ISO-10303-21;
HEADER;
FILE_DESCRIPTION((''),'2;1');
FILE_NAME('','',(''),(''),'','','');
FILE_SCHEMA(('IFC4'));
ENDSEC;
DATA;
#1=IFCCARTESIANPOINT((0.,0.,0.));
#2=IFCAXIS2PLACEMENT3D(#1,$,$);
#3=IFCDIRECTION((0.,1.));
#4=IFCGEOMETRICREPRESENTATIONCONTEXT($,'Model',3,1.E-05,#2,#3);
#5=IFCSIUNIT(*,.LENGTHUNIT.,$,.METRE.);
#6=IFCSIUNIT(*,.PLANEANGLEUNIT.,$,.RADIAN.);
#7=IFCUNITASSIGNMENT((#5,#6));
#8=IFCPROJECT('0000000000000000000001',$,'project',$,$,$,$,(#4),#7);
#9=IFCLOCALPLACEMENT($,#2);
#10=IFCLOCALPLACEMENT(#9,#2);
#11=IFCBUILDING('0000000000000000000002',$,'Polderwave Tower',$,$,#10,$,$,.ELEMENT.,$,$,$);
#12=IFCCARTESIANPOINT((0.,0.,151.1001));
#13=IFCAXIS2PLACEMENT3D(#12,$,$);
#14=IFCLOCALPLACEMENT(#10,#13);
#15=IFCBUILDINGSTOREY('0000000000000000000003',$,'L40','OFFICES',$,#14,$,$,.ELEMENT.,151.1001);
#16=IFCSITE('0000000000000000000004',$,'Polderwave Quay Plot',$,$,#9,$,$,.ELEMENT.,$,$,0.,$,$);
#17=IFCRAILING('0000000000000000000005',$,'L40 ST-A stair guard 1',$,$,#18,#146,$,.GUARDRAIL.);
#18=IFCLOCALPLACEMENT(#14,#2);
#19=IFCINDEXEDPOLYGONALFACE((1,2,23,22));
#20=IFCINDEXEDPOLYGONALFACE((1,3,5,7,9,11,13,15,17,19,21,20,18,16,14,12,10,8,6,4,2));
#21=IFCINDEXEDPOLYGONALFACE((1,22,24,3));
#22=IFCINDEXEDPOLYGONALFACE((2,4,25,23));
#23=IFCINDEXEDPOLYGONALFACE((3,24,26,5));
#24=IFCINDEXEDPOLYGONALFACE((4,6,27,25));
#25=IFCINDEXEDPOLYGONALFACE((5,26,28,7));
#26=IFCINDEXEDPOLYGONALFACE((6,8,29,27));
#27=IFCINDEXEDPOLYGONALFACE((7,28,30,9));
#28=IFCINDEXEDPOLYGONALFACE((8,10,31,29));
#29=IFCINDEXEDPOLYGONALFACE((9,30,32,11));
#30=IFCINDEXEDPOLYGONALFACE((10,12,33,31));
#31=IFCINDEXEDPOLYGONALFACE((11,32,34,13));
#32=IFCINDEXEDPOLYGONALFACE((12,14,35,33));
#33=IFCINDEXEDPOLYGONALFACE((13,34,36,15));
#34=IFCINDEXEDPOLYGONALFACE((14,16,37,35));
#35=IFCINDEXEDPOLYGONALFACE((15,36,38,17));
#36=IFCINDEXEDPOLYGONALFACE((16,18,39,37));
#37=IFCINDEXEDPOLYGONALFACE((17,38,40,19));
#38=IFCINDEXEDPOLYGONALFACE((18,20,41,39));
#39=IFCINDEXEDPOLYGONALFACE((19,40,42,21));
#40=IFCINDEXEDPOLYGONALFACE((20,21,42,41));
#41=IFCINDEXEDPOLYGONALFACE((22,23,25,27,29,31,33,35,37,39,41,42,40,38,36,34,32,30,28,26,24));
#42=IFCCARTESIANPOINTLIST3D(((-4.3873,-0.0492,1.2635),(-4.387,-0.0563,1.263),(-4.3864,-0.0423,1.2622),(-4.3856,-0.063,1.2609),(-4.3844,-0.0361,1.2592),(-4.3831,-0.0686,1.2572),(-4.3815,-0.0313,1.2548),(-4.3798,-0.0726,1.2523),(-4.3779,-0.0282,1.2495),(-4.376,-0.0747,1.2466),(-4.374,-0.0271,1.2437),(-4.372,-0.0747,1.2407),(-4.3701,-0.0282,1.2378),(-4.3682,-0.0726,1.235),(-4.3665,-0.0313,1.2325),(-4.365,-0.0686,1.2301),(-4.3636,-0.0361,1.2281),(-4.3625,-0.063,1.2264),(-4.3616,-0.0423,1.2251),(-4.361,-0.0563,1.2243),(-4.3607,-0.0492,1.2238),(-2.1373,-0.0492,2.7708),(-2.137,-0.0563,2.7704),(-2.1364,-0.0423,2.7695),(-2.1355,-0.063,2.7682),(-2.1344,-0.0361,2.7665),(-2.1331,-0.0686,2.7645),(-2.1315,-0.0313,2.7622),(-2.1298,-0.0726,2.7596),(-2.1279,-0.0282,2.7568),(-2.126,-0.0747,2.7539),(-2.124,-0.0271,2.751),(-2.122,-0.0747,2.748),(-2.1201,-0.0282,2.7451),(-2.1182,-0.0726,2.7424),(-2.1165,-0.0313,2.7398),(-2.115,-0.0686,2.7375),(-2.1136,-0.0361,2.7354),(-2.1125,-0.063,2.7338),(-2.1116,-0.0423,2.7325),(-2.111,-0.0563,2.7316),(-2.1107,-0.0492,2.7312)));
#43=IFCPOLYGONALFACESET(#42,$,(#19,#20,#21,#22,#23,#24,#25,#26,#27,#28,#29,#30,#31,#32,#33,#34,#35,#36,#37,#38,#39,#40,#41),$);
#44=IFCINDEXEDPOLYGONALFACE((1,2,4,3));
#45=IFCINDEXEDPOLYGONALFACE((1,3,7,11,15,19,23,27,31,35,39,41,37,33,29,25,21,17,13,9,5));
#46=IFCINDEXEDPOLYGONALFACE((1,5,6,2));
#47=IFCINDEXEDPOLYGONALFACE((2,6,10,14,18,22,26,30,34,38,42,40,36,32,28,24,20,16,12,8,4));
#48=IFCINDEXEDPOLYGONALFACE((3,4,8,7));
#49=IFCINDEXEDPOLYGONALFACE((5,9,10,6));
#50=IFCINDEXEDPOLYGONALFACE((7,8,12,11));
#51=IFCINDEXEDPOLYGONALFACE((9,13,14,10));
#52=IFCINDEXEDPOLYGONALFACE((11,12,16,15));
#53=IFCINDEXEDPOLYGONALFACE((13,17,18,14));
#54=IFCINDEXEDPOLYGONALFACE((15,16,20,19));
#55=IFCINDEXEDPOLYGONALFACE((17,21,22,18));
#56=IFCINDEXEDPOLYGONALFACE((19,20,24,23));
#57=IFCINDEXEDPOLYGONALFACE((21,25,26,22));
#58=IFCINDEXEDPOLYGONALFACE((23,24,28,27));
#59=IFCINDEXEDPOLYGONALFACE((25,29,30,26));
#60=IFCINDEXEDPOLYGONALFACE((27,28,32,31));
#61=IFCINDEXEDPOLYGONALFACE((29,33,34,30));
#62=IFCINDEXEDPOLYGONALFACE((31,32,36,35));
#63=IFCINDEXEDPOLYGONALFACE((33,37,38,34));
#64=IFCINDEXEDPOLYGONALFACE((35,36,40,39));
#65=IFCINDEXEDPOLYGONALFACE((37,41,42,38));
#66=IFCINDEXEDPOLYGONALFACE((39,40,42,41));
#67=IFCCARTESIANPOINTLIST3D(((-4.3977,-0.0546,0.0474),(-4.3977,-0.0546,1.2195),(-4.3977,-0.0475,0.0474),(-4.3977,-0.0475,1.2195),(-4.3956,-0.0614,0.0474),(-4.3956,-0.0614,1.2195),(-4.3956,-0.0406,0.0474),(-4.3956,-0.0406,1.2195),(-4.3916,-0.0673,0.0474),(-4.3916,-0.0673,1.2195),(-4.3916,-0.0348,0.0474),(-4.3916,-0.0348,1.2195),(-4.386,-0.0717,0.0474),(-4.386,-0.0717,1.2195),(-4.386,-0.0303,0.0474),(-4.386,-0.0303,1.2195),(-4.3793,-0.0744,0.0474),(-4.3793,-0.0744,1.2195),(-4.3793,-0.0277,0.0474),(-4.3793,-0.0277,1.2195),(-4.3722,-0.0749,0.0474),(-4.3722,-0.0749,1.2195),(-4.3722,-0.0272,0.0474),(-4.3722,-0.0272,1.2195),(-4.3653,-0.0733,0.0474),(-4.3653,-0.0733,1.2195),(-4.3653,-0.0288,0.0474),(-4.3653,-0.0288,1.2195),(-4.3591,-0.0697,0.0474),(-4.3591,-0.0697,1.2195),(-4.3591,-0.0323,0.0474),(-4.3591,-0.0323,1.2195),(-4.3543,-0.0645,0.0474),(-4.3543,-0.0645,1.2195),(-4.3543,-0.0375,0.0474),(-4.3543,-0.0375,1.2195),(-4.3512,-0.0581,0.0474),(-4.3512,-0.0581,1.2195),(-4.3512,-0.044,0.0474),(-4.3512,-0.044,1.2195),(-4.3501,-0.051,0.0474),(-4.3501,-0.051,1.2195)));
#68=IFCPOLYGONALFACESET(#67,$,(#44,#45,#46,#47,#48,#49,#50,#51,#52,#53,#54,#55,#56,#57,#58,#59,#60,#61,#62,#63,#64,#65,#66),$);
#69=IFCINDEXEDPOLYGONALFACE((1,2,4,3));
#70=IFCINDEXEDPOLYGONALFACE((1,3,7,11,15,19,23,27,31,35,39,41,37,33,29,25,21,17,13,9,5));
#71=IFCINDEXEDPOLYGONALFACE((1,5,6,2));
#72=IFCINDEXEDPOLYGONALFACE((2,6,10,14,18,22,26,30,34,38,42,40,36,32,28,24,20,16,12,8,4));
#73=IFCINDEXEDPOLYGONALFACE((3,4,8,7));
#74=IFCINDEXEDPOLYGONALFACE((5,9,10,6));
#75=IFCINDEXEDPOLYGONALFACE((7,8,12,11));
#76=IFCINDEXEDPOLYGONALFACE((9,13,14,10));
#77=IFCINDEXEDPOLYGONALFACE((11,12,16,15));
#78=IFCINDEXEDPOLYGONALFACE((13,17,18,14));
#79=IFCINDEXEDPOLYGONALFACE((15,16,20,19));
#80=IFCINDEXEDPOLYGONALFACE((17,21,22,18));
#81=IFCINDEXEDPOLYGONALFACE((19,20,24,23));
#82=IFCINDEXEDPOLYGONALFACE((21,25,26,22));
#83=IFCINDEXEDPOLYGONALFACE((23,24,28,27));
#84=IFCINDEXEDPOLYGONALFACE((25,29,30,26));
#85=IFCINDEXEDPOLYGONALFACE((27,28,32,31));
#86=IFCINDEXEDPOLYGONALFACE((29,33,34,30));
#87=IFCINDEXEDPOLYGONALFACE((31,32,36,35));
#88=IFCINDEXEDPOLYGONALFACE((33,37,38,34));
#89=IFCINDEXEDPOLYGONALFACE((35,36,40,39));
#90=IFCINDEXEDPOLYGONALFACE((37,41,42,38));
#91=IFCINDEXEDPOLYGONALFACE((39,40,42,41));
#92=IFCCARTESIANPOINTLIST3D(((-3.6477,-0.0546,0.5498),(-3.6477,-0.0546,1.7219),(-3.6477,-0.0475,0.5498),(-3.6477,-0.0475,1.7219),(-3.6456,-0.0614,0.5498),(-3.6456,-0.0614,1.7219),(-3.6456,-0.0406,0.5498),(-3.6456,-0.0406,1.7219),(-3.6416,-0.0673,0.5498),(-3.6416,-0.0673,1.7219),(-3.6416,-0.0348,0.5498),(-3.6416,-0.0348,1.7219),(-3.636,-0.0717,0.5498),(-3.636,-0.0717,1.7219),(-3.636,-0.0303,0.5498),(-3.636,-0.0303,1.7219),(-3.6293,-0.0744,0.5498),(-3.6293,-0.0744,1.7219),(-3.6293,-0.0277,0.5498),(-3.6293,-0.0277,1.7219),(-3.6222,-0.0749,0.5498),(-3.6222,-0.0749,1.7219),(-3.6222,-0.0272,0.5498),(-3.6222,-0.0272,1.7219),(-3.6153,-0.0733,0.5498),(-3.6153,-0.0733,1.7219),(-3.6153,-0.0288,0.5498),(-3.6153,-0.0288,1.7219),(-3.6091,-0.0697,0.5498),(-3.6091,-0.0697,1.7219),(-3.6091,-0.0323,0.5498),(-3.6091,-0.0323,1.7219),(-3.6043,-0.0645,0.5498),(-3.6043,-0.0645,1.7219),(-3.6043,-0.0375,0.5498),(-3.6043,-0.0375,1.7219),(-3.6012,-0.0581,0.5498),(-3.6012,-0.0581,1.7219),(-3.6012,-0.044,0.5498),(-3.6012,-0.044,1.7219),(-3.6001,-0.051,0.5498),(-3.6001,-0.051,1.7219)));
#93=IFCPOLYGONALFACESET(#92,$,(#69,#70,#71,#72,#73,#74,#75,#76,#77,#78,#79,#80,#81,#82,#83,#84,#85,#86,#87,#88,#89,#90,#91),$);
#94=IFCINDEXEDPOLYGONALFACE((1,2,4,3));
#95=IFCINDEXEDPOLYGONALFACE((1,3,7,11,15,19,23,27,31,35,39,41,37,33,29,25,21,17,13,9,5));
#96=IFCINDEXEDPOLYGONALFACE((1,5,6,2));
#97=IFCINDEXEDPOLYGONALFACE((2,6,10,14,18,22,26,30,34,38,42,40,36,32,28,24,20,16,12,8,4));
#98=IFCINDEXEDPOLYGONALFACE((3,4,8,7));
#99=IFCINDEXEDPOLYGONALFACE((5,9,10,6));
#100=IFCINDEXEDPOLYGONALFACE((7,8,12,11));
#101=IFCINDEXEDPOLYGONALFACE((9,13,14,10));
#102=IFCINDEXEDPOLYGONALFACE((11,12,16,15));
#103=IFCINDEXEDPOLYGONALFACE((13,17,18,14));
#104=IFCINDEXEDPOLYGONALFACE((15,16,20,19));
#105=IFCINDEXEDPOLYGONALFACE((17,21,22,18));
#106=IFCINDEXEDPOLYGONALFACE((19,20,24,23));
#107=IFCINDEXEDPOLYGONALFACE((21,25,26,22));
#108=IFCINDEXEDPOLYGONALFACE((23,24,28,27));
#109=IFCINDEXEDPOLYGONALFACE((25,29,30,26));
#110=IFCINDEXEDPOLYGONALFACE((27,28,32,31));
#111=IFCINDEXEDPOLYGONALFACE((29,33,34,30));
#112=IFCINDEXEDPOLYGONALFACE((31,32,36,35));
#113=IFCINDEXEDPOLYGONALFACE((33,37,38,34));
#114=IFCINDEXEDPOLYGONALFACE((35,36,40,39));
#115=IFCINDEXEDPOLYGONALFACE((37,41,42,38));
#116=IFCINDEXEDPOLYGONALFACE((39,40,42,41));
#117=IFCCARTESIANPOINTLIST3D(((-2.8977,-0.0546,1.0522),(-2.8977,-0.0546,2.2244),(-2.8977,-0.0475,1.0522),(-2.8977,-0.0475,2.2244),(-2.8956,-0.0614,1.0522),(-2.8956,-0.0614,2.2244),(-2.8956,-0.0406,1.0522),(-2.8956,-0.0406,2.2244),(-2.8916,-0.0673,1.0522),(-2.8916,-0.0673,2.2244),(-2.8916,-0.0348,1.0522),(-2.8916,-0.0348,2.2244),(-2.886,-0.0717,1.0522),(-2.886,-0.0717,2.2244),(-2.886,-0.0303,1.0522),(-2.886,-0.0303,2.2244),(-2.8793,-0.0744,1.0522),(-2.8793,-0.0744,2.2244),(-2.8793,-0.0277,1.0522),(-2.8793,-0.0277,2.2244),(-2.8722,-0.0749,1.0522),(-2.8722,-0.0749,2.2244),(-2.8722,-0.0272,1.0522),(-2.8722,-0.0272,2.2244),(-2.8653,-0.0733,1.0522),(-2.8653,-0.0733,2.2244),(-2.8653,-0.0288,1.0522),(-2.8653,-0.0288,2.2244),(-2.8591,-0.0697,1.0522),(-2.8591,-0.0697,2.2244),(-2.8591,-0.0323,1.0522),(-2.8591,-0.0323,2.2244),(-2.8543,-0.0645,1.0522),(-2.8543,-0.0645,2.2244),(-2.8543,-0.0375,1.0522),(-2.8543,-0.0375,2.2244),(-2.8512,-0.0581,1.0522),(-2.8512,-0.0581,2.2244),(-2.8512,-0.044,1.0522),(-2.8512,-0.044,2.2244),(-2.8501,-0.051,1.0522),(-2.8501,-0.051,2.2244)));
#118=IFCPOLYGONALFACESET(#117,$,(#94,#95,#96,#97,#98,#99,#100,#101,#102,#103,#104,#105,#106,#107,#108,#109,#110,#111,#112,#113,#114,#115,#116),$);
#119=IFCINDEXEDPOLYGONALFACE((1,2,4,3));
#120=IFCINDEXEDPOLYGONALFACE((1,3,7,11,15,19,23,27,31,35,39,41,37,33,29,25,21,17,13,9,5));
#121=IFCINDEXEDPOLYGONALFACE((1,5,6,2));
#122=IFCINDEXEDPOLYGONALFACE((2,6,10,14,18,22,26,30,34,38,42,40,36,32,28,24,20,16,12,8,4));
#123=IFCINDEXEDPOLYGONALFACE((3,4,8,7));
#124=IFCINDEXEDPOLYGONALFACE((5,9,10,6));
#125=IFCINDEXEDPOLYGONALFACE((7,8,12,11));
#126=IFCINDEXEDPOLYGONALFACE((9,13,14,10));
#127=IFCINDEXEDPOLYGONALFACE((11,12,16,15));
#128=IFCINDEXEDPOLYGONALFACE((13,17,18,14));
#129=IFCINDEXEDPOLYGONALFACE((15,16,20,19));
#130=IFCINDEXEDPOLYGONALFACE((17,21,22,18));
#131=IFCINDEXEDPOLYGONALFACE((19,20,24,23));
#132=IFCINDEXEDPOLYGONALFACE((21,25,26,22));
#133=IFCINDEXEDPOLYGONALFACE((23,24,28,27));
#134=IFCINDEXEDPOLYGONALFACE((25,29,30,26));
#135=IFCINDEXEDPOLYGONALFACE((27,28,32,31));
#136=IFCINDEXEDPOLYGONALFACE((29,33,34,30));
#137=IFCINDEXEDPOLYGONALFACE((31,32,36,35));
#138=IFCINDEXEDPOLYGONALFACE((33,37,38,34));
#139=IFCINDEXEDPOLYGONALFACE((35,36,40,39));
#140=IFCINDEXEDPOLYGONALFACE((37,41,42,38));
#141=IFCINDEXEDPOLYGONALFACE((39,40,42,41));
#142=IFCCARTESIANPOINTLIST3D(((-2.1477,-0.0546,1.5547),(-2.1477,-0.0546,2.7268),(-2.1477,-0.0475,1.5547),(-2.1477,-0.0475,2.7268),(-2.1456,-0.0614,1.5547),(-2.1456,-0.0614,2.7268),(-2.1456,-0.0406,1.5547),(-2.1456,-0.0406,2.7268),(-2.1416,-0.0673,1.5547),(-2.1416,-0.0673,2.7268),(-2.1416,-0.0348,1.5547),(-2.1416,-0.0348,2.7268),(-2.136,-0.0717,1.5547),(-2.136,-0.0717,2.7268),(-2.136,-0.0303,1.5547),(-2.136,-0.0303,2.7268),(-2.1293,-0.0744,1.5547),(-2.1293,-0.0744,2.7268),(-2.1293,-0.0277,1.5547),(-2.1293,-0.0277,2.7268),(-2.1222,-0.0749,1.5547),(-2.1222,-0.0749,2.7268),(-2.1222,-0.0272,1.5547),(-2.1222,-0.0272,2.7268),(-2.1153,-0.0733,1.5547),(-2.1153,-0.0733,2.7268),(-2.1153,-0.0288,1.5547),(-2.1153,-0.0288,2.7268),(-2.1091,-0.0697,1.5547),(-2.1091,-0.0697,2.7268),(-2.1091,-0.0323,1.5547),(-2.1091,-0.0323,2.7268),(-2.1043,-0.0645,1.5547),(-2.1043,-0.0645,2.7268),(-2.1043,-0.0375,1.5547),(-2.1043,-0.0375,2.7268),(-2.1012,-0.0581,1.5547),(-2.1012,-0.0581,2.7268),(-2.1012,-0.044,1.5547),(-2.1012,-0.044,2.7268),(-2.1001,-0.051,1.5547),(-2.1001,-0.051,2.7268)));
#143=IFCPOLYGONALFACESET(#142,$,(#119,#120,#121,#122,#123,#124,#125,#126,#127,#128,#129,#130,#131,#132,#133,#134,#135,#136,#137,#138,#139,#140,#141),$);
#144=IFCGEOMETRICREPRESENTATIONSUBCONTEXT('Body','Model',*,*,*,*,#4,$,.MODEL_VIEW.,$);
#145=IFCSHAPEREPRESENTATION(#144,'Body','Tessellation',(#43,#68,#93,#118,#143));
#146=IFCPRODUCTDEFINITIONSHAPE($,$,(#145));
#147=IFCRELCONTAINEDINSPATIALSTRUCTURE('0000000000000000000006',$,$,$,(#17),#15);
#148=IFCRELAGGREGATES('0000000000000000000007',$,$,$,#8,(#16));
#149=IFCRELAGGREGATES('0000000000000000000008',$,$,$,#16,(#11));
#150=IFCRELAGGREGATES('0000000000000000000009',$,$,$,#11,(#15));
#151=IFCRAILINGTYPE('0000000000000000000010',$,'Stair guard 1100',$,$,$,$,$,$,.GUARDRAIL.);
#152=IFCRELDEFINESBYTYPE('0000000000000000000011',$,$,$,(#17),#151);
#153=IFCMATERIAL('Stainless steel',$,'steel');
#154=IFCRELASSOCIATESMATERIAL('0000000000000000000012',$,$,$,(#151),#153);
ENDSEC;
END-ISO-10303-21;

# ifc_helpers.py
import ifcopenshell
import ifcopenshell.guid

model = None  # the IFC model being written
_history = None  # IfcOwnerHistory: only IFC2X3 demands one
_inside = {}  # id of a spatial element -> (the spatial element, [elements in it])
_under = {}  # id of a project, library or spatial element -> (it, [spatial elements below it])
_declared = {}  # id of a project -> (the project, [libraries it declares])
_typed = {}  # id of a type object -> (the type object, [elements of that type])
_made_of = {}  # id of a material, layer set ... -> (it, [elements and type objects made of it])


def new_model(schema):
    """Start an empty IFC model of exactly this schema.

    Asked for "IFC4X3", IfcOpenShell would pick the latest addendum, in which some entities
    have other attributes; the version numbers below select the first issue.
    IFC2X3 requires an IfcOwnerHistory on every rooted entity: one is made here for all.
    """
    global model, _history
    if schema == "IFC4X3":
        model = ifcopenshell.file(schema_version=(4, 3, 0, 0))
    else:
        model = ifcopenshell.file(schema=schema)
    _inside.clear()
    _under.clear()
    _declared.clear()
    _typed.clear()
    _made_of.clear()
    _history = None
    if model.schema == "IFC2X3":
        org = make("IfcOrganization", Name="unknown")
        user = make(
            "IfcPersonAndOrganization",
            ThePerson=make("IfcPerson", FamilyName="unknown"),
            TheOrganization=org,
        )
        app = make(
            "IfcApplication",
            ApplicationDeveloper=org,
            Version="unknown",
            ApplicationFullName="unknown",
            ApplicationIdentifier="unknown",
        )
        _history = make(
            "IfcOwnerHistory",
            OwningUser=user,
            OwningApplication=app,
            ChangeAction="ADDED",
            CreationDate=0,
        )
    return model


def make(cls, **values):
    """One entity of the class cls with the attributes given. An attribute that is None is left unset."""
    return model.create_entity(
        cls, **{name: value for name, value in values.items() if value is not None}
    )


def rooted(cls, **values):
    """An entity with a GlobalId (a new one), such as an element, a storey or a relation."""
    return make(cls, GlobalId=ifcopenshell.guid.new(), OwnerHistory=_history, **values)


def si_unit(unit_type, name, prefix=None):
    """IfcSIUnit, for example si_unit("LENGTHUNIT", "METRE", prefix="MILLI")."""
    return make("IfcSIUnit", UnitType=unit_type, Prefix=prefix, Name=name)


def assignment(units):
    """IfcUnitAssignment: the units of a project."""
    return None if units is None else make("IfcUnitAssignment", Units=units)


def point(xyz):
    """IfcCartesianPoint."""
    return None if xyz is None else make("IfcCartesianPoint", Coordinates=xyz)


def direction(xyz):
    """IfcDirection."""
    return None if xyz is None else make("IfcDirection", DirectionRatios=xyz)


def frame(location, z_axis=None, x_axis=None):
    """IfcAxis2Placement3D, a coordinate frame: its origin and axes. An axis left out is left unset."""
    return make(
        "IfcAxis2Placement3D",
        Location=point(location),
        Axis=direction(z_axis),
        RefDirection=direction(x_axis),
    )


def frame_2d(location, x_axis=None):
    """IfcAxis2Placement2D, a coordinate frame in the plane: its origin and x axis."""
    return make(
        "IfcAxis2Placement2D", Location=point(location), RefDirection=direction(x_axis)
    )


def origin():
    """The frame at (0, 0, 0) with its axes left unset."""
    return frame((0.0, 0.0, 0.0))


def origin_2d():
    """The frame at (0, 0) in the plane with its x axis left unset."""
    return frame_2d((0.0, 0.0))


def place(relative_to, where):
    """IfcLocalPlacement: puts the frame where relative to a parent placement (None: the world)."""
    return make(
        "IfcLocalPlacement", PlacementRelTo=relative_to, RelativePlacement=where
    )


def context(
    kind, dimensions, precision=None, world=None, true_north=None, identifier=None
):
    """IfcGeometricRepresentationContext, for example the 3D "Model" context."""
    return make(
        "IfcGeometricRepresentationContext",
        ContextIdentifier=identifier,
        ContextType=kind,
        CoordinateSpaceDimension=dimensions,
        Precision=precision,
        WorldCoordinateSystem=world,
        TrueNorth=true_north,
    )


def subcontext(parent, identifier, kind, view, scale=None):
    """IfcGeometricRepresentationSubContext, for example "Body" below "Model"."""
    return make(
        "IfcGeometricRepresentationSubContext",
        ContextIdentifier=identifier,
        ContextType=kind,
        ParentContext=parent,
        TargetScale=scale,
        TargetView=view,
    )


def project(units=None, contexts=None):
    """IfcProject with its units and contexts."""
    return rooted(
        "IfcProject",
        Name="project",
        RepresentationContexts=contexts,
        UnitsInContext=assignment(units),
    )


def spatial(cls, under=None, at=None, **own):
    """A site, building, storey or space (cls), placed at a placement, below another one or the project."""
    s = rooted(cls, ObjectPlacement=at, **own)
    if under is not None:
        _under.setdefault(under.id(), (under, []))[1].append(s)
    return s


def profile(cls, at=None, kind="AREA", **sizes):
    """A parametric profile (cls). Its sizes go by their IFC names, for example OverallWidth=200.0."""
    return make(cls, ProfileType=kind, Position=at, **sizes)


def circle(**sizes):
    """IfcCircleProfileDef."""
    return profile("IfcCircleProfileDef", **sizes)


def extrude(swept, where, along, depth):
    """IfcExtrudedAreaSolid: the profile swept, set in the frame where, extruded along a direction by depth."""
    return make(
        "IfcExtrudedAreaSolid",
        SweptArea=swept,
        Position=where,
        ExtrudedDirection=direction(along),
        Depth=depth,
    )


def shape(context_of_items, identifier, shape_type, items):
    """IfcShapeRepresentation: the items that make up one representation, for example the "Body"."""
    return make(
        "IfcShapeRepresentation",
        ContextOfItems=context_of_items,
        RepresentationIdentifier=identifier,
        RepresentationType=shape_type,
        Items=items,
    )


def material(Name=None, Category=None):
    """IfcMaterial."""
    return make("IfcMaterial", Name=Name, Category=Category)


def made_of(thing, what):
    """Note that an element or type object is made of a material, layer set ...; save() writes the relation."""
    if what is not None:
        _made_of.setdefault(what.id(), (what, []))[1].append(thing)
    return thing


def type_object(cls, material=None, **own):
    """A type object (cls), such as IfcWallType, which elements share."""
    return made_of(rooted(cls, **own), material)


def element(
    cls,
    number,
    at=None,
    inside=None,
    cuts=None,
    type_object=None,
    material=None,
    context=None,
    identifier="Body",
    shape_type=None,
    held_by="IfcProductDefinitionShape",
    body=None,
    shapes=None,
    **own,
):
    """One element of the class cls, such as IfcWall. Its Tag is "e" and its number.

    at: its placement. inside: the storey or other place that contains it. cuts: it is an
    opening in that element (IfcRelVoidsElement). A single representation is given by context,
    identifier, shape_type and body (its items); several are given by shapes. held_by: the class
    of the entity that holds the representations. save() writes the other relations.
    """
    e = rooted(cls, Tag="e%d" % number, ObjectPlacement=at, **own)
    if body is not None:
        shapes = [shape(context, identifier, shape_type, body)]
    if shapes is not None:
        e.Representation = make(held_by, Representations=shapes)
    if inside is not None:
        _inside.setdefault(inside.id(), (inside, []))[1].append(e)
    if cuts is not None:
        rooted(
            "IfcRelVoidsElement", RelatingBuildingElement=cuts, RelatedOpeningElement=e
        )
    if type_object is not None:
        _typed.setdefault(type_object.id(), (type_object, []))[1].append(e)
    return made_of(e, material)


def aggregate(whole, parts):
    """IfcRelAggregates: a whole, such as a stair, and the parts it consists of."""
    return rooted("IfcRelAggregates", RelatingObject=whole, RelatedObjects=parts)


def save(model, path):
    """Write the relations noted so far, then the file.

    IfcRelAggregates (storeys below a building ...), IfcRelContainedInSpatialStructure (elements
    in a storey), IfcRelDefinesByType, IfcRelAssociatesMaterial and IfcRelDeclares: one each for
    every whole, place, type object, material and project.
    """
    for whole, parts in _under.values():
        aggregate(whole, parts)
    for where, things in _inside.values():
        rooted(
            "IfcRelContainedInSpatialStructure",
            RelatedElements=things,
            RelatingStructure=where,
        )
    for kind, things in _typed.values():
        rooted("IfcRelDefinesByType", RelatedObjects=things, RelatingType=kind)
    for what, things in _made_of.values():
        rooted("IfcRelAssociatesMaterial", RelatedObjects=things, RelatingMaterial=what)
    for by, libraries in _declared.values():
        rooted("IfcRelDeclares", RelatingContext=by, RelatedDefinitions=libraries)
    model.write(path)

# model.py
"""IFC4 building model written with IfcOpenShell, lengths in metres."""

from ifc_helpers import new_model, si_unit, direction, frame, origin, origin_2d, place, context, subcontext, project, spatial, circle, extrude, material, type_object, element, save


model = new_model("IFC4")

# Units and contexts
model_context = context("Model", 3, precision=1e-05, world=origin(), true_north=direction((0.0, 1.0)))
body_context = subcontext(model_context, "Body", "Model", "MODEL_VIEW")
ifc_project = project(units=[si_unit("LENGTHUNIT", "METRE"), si_unit("PLANEANGLEUNIT", "RADIAN")], contexts=[model_context])

# Site, building, storey
site_placement = place(None, origin())
site = spatial("IfcSite", under=ifc_project, at=site_placement, Name="Polderwave Quay Plot", CompositionType="ELEMENT", RefElevation=0.0)
building_placement = place(site_placement, origin())
building = spatial("IfcBuilding", under=site, at=building_placement, Name="Polderwave Tower", CompositionType="ELEMENT")
storey_placement = place(building_placement, frame((0.0, 0.0, 151.1001)))
storey = spatial("IfcBuildingStorey", under=building, at=storey_placement, Name="L40", Description="OFFICES", CompositionType="ELEMENT", Elevation=151.1001)

# Railing
ifc_material_1 = material(Name="Stainless steel", Category="steel")
railing_type_1 = type_object("IfcRailingType", Name="Stair guard 1100", PredefinedType="GUARDRAIL", material=ifc_material_1)
railing_1_placement = place(storey_placement, frame((-4.374, -0.051, 0.0474)))
element("IfcRailing", 1, at=railing_1_placement, inside=storey, type_object=railing_type_1, Name="L40 ST-A stair guard 1", PredefinedType="GUARDRAIL", context=body_context, shape_type="SweptSolid", body=[
    extrude(circle(Radius=0.0239, at=origin_2d()), frame((0.0, 0.0, 1.1963), z_axis=(0.8308, 0.0, 0.556571), x_axis=(0.0, 1.0, 0.0)), (0.0, 0.0, 1.0), 2.7083),
    extrude(circle(Radius=0.0239, at=origin_2d()), origin(), (0.0, 0.0, 1.0), 1.1721),
    extrude(circle(Radius=0.0239, at=origin_2d()), frame((0.75, 0.0, 0.5024)), (0.0, 0.0, 1.0), 1.1721),
    extrude(circle(Radius=0.0239, at=origin_2d()), frame((1.5, 0.0, 1.0049)), (0.0, 0.0, 1.0), 1.1721),
    extrude(circle(Radius=0.0239, at=origin_2d()), frame((2.25, 0.0, 1.5073)), (0.0, 0.0, 1.0), 1.1721),
])

save(model, "model.ifc")
